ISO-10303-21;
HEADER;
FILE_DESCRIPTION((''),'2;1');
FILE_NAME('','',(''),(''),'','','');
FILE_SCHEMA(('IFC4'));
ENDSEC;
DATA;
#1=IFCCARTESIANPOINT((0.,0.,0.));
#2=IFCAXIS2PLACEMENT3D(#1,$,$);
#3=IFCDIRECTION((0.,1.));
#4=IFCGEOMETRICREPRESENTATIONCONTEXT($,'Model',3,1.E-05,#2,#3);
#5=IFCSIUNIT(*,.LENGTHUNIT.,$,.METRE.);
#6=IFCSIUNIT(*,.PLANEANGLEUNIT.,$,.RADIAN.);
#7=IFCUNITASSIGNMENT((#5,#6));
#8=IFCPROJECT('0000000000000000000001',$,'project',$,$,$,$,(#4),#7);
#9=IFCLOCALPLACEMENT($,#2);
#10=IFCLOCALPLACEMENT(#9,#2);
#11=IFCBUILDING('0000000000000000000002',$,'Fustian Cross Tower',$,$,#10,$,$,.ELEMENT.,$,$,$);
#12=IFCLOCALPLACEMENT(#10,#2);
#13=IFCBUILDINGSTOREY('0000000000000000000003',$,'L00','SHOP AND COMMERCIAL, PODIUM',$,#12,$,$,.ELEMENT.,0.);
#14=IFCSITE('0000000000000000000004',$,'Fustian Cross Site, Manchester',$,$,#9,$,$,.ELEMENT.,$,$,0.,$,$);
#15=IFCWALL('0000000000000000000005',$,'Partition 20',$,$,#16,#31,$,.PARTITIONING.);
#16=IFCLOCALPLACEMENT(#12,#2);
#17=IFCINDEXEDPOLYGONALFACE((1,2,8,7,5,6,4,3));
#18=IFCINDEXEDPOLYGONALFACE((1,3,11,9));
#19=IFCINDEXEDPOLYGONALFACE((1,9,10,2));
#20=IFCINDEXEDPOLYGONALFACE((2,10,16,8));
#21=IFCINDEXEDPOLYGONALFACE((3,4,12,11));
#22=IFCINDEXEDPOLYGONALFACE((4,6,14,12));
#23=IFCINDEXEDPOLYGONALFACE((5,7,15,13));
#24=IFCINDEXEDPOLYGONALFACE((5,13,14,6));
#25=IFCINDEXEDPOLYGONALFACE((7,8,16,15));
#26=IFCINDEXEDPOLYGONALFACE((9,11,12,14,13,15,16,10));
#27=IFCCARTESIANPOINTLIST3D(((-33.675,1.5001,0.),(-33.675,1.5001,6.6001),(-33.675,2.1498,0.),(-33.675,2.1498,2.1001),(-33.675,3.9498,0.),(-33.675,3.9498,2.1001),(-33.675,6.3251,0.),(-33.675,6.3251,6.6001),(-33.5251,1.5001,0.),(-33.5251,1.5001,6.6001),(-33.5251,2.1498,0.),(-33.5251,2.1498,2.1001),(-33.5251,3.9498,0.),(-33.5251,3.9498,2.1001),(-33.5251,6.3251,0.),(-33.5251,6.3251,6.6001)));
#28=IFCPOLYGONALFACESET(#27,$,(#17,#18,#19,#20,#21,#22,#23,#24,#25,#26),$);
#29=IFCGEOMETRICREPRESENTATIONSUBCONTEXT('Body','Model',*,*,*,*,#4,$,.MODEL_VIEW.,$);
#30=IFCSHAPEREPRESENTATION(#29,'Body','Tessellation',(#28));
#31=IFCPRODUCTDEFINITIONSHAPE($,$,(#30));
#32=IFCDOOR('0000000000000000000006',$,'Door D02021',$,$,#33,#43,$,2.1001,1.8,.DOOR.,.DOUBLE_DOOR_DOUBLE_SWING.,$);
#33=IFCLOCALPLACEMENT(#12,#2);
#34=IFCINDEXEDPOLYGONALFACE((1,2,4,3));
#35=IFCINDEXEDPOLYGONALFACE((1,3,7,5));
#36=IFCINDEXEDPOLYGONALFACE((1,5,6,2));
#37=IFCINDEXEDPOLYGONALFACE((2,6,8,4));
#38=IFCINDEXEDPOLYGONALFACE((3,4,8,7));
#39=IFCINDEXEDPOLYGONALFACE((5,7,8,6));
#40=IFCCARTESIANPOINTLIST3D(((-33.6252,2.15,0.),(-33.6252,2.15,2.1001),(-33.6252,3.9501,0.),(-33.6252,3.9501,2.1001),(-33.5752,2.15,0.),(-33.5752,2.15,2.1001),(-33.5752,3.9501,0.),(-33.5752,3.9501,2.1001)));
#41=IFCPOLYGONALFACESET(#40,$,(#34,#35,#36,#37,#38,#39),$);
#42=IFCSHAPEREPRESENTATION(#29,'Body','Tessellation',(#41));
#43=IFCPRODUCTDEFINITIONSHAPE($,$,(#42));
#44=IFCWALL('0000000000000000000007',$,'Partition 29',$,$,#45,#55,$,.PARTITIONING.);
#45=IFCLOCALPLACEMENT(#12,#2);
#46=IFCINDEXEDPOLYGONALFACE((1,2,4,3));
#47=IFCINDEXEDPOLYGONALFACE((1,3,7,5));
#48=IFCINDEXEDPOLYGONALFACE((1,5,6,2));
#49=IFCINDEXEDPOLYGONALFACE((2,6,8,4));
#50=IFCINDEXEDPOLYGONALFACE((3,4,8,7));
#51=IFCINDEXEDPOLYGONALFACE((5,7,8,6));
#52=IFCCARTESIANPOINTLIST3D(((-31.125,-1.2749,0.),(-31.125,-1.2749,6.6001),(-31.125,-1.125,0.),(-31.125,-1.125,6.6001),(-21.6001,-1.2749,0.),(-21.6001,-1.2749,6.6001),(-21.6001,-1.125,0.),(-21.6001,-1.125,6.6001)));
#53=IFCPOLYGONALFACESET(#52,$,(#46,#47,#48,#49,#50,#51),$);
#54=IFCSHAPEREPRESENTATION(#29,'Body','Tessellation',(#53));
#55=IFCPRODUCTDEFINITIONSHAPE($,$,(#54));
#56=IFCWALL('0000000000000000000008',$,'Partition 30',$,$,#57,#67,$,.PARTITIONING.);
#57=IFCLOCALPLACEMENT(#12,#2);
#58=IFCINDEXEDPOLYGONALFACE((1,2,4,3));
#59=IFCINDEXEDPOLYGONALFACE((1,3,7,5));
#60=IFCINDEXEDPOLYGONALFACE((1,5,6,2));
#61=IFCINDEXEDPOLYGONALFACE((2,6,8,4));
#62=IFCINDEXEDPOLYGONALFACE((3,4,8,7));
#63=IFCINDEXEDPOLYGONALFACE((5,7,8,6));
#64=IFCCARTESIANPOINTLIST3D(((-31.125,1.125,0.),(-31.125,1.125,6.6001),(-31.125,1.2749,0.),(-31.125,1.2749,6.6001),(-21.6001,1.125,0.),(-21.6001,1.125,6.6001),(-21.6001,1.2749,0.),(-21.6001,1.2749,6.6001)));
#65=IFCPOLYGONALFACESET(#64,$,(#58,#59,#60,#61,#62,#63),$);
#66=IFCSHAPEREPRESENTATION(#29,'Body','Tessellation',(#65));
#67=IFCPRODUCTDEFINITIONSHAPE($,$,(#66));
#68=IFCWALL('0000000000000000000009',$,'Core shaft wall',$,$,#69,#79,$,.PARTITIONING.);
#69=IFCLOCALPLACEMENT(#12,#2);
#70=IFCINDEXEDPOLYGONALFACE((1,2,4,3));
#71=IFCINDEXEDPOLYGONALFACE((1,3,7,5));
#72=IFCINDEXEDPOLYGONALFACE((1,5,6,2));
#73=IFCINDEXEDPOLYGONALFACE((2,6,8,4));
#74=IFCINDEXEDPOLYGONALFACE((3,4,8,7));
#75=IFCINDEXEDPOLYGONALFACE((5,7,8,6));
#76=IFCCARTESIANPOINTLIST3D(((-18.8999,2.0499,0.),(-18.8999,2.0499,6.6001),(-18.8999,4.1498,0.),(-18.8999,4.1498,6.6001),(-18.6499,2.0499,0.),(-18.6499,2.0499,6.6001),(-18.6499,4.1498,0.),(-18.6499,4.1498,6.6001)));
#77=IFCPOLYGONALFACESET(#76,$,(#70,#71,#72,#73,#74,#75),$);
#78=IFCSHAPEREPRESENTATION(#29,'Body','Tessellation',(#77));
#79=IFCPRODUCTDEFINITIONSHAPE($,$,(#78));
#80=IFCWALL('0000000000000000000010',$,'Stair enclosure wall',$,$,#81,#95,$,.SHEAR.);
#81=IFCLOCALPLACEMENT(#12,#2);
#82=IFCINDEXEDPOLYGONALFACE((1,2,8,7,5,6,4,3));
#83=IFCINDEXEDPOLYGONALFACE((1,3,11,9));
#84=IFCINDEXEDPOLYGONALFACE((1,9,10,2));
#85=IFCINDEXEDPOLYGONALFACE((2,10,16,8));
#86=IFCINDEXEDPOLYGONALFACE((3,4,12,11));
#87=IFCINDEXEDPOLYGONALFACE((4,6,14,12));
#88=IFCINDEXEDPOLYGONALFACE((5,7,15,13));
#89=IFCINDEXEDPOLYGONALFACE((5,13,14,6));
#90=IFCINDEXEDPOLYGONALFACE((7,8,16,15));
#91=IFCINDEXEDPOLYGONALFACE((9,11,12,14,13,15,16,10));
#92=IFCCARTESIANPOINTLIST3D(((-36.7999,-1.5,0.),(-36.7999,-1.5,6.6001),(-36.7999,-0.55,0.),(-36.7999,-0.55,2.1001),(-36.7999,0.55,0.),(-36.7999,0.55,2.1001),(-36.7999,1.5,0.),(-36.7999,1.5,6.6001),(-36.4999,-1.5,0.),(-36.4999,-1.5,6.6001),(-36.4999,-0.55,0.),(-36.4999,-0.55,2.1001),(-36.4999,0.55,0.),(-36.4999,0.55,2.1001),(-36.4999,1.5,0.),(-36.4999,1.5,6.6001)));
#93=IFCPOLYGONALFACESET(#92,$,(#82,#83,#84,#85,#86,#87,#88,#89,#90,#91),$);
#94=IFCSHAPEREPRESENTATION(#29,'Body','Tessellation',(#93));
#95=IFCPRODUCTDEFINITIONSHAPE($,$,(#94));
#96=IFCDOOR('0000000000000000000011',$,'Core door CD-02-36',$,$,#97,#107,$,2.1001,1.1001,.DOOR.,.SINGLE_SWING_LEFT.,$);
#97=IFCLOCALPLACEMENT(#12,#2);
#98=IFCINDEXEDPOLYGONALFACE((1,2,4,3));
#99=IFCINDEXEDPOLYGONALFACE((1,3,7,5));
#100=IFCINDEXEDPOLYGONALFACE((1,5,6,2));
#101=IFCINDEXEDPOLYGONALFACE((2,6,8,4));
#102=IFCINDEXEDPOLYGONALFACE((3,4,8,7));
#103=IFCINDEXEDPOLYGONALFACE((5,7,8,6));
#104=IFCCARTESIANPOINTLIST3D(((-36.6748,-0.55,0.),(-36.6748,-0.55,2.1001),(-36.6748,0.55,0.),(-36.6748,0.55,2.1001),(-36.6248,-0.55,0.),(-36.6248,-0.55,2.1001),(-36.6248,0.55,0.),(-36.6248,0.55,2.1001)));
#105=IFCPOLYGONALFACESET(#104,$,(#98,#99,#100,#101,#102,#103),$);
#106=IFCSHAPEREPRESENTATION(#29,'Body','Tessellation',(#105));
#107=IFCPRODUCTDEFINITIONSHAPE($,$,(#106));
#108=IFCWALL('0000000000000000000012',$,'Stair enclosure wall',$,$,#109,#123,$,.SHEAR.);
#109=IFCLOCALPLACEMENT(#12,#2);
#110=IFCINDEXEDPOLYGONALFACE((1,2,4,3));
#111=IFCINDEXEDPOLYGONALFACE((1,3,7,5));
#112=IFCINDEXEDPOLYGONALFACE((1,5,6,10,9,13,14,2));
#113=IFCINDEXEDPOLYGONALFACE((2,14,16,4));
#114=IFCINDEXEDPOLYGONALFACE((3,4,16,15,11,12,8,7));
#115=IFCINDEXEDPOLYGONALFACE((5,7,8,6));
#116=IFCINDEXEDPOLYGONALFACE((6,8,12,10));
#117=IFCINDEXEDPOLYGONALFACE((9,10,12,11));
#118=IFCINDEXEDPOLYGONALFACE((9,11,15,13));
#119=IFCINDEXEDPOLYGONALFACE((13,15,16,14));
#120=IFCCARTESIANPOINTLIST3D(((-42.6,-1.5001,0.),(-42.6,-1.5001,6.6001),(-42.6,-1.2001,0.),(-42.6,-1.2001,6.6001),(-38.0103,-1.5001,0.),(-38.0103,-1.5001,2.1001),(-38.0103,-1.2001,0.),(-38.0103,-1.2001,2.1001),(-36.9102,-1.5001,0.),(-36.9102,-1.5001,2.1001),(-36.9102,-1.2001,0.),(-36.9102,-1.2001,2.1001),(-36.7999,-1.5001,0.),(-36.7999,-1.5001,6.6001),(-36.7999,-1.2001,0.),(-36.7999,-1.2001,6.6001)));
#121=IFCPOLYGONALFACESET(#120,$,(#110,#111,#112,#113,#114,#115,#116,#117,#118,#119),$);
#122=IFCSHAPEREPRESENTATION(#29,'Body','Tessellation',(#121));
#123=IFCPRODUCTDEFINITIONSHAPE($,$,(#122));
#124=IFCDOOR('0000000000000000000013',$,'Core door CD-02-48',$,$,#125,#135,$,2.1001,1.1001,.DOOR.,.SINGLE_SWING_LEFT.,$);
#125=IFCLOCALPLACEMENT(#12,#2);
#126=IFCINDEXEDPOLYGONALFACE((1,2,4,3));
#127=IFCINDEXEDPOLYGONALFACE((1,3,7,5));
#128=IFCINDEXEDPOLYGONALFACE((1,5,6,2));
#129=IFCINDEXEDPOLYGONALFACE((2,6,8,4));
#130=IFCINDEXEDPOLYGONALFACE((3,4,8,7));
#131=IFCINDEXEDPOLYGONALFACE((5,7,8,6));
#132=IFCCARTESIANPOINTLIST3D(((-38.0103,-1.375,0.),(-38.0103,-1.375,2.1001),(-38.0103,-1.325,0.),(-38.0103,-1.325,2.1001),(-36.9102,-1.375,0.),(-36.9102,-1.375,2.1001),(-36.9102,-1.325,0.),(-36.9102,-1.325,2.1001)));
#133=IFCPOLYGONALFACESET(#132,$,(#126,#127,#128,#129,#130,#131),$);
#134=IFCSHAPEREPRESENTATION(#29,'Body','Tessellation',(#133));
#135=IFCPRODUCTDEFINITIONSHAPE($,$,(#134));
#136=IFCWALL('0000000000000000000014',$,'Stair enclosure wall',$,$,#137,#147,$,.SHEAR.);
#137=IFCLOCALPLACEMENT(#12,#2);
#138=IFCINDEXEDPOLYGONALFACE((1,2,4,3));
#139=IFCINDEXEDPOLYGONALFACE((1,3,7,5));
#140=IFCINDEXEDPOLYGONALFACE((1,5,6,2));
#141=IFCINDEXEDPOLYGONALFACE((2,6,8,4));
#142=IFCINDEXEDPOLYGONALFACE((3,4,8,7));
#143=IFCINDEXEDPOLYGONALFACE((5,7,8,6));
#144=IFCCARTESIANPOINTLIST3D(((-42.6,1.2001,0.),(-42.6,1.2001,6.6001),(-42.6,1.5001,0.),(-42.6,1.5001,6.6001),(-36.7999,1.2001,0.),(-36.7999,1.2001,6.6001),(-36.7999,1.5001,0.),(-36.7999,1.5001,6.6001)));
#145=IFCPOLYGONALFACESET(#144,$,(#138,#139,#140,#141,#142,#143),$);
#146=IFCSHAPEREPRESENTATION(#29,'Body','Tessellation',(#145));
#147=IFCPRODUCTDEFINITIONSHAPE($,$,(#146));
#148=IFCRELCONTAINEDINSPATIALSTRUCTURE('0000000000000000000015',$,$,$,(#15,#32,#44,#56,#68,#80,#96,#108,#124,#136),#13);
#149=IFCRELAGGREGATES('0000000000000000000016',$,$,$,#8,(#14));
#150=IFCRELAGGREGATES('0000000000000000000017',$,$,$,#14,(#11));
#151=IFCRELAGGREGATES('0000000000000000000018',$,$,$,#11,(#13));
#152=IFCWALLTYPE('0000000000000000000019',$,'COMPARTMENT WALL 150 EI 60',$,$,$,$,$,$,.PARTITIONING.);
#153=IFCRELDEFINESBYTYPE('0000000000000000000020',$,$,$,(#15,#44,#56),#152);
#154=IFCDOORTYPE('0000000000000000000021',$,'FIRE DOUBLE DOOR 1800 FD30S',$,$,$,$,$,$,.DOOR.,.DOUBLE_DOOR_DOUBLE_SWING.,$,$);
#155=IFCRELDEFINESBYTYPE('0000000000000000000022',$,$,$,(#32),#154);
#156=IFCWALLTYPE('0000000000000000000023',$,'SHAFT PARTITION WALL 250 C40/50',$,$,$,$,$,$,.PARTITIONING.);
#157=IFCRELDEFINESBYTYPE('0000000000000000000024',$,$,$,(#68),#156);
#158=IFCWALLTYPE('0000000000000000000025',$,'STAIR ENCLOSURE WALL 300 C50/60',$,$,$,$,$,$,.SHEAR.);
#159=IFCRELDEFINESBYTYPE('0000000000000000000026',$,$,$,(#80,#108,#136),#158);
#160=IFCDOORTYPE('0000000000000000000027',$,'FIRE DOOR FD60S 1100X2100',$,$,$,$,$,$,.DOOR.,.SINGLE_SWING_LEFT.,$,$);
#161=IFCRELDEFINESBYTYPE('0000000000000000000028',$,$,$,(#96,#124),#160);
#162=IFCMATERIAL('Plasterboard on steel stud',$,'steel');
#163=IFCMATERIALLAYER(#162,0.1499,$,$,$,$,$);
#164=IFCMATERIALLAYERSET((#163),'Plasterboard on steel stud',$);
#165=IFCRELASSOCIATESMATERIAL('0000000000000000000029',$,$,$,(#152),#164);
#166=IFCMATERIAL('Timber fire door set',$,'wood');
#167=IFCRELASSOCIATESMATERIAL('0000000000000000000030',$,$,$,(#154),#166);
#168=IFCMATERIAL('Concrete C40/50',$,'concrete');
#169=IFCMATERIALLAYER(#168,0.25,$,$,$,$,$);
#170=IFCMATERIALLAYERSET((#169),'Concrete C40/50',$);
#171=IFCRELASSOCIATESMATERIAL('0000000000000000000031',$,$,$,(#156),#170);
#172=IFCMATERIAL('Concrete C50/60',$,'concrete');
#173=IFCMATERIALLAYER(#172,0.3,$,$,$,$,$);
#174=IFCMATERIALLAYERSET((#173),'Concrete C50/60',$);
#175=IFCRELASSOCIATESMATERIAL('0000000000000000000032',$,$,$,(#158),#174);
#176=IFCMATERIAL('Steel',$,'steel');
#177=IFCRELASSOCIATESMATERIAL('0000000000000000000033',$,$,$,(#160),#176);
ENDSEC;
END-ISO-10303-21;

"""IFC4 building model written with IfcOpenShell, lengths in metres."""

from ifc_helpers import new_model, si_unit, direction, frame, frame_2d, origin, place, context, subcontext, project, spatial, rectangle, extrude, material, layer, layer_set, type_object, element, fill, save


model = new_model("IFC4")

# Units and contexts
model_context = context("Model", 3, precision=1e-05, world=origin(), true_north=direction((0.0, 1.0)))
body_context = subcontext(model_context, "Body", "Model", "MODEL_VIEW")
ifc_project = project(units=[si_unit("LENGTHUNIT", "METRE"), si_unit("PLANEANGLEUNIT", "RADIAN")], contexts=[model_context])

# Site, building, storey
site_placement = place(None, origin())
site = spatial("IfcSite", under=ifc_project, at=site_placement, Name="Fustian Cross Site, Manchester", CompositionType="ELEMENT", RefElevation=0.0)
building_placement = place(site_placement, origin())
building = spatial("IfcBuilding", under=site, at=building_placement, Name="Fustian Cross Tower", CompositionType="ELEMENT")
storey_placement = place(building_placement, origin())
storey = spatial("IfcBuildingStorey", under=building, at=storey_placement, Name="L00", Description="SHOP AND COMMERCIAL, PODIUM", CompositionType="ELEMENT", Elevation=0.0)

# Wall, opening, door
ifc_material_1 = material(Name="Plasterboard on steel stud", Category="steel")
ifc_layer_1 = layer(ifc_material_1, 0.1499)
ifc_layer_set_1 = layer_set([ifc_layer_1], Name="Plasterboard on steel stud")
wall_type_1 = type_object("IfcWallType", Name="COMPARTMENT WALL 150 EI 60", PredefinedType="PARTITIONING", material=ifc_layer_set_1)
wall_1_placement = place(storey_placement, frame((-33.6001, 1.5, 0.0), z_axis=(0.0, 0.0, 1.0), x_axis=(0.0, 1.0, 0.0)))
wall_1 = element("IfcWall", 1, at=wall_1_placement, inside=storey, type_object=wall_type_1, Name="Partition 20", PredefinedType="PARTITIONING", context=body_context, shape_type="SweptSolid", body=[
    extrude(rectangle(XDim=4.825, YDim=0.1499, at=frame_2d((2.4126, 0.0))), origin(), (0.0, 0.0, 1.0), 6.6001),
])
opening_1_placement = place(wall_1_placement, frame((0.6499, 0.0, 0.0)))
opening_1 = element("IfcOpeningElement", 2, at=opening_1_placement, cuts=wall_1, PredefinedType="OPENING", context=body_context, shape_type="SweptSolid", body=[
    extrude(rectangle(XDim=1.8, YDim=2.1001, at=frame_2d((0.8999, 1.05))), frame((0.0, 0.085, 0.0), z_axis=(0.0, -1.0, 0.0), x_axis=(1.0, 0.0, 0.0)), (0.0, 0.0, 1.0), 0.1699),
])
ifc_material_2 = material(Name="Timber fire door set", Category="wood")
door_type_1 = type_object("IfcDoorType", Name="FIRE DOUBLE DOOR 1800 FD30S", OperationType="DOUBLE_DOOR_DOUBLE_SWING", PredefinedType="DOOR", material=ifc_material_2)
door_1_placement = place(opening_1_placement, frame((1.8, 0.0, 0.0), z_axis=(0.0, 0.0, 1.0), x_axis=(-1.0, 0.0, 0.0)))
door_1 = element("IfcDoor", 3, at=door_1_placement, inside=storey, type_object=door_type_1, Name="Door D02021", OperationType="DOUBLE_DOOR_DOUBLE_SWING", OverallHeight=2.1001, OverallWidth=1.8, PredefinedType="DOOR", context=body_context, shape_type="SweptSolid", body=[
    extrude(rectangle(XDim=1.8, YDim=2.1001, at=frame_2d((0.8999, 1.05))), frame((0.0, 0.0249, 0.0), z_axis=(0.0, -1.0, 0.0), x_axis=(1.0, 0.0, 0.0)), (0.0, 0.0, 1.0), 0.05),
])
fill(opening_1, door_1)

# Walls
for number, where, z_axis, x_axis, name in (
    (4, (-31.125, -1.2, 0.0), (0.0, 0.0, 1.0), (1.0, 0.0, 0.0), "Partition 29"),
    (5, (-31.125, 1.2, 0.0), (0.0, 0.0, 1.0), (1.0, 0.0, 0.0), "Partition 30"),
):
    element("IfcWall", number, at=place(storey_placement, frame(where, z_axis=z_axis, x_axis=x_axis)), inside=storey, type_object=wall_type_1, Name=name, PredefinedType="PARTITIONING", context=body_context, shape_type="SweptSolid", body=[
        extrude(rectangle(XDim=9.5249, YDim=0.1499, at=frame_2d((4.7625, 0.0))), origin(), (0.0, 0.0, 1.0), 6.6001),
    ])
ifc_material_3 = material(Name="Concrete C40/50", Category="concrete")
ifc_layer_2 = layer(ifc_material_3, 0.25)
ifc_layer_set_2 = layer_set([ifc_layer_2], Name="Concrete C40/50")
wall_type_2 = type_object("IfcWallType", Name="SHAFT PARTITION WALL 250 C40/50", PredefinedType="PARTITIONING", material=ifc_layer_set_2)
wall_2_placement = place(storey_placement, frame((-18.7749, 2.05, 0.0), z_axis=(0.0, 0.0, 1.0), x_axis=(0.0, 1.0, 0.0)))
element("IfcWall", 6, at=wall_2_placement, inside=storey, type_object=wall_type_2, Name="Core shaft wall", PredefinedType="PARTITIONING", context=body_context, shape_type="SweptSolid", body=[
    extrude(rectangle(XDim=2.0999, YDim=0.25, at=frame_2d((1.0498, 0.0))), origin(), (0.0, 0.0, 1.0), 6.6001),
])

# Walls, openings, doors
ifc_material_4 = material(Name="Concrete C50/60", Category="concrete")
ifc_layer_3 = layer(ifc_material_4, 0.3)
ifc_layer_set_3 = layer_set([ifc_layer_3], Name="Concrete C50/60")
wall_type_3 = type_object("IfcWallType", Name="STAIR ENCLOSURE WALL 300 C50/60", PredefinedType="SHEAR", material=ifc_layer_set_3)
wall_3_placement = place(storey_placement, frame((-36.6499, -1.5, 0.0), z_axis=(0.0, 0.0, 1.0), x_axis=(0.0, 1.0, 0.0)))
wall_3 = element("IfcWall", 7, at=wall_3_placement, inside=storey, type_object=wall_type_3, Name="Stair enclosure wall", PredefinedType="SHEAR", context=body_context, shape_type="SweptSolid", body=[
    extrude(rectangle(XDim=3.0, YDim=0.3, at=frame_2d((1.5, 0.0))), origin(), (0.0, 0.0, 1.0), 6.6001),
])
opening_2_placement = place(wall_3_placement, frame((0.95, 0.0, 0.0)))
opening_2 = element("IfcOpeningElement", 8, at=opening_2_placement, cuts=wall_3, PredefinedType="OPENING", context=body_context, shape_type="SweptSolid", body=[
    extrude(rectangle(XDim=1.1001, YDim=2.1001, at=frame_2d((0.55, 1.05))), frame((0.0, 0.1599, 0.0), z_axis=(0.0, -1.0, 0.0), x_axis=(1.0, 0.0, 0.0)), (0.0, 0.0, 1.0), 0.3201),
])
ifc_material_5 = material(Name="Steel", Category="steel")
door_type_2 = type_object("IfcDoorType", Name="FIRE DOOR FD60S 1100X2100", OperationType="SINGLE_SWING_LEFT", PredefinedType="DOOR", material=ifc_material_5)
door_2_placement = place(opening_2_placement, origin())
door_2 = element("IfcDoor", 9, at=door_2_placement, inside=storey, type_object=door_type_2, Name="Core door CD-02-36", OperationType="SINGLE_SWING_LEFT", OverallHeight=2.1001, OverallWidth=1.1001, PredefinedType="DOOR", context=body_context, shape_type="SweptSolid", body=[
    extrude(rectangle(XDim=1.1001, YDim=2.1001, at=frame_2d((0.55, 1.05))), frame((0.0, 0.0249, 0.0), z_axis=(0.0, -1.0, 0.0), x_axis=(1.0, 0.0, 0.0)), (0.0, 0.0, 1.0), 0.05),
])
fill(opening_2, door_2)
wall_4_placement = place(storey_placement, frame((-36.8, -1.3501, 0.0), z_axis=(0.0, 0.0, 1.0), x_axis=(-1.0, 0.0, 0.0)))
wall_4 = element("IfcWall", 10, at=wall_4_placement, inside=storey, type_object=wall_type_3, Name="Stair enclosure wall", PredefinedType="SHEAR", context=body_context, shape_type="SweptSolid", body=[
    extrude(rectangle(XDim=5.8, YDim=0.3, at=frame_2d((2.8999, 0.0))), origin(), (0.0, 0.0, 1.0), 6.6001),
])
opening_3_placement = place(wall_4_placement, frame((0.1101, 0.0, 0.0)))
opening_3 = element("IfcOpeningElement", 11, at=opening_3_placement, cuts=wall_4, PredefinedType="OPENING", context=body_context, shape_type="SweptSolid", body=[
    extrude(rectangle(XDim=1.1001, YDim=2.1001, at=frame_2d((0.55, 1.05))), frame((0.0, 0.1599, 0.0), z_axis=(0.0, -1.0, 0.0), x_axis=(1.0, 0.0, 0.0)), (0.0, 0.0, 1.0), 0.3201),
])
door_3_placement = place(opening_3_placement, origin())
door_3 = element("IfcDoor", 12, at=door_3_placement, inside=storey, type_object=door_type_2, Name="Core door CD-02-48", OperationType="SINGLE_SWING_LEFT", OverallHeight=2.1001, OverallWidth=1.1001, PredefinedType="DOOR", context=body_context, shape_type="SweptSolid", body=[
    extrude(rectangle(XDim=1.1001, YDim=2.1001, at=frame_2d((0.55, 1.05))), frame((0.0, 0.0249, 0.0), z_axis=(0.0, -1.0, 0.0), x_axis=(1.0, 0.0, 0.0)), (0.0, 0.0, 1.0), 0.05),
])
fill(opening_3, door_3)

# Wall
wall_5_placement = place(storey_placement, frame((-36.8, 1.3501, 0.0), z_axis=(0.0, 0.0, 1.0), x_axis=(-1.0, 0.0, 0.0)))
element("IfcWall", 13, at=wall_5_placement, inside=storey, type_object=wall_type_3, Name="Stair enclosure wall", PredefinedType="SHEAR", context=body_context, shape_type="SweptSolid", body=[
    extrude(rectangle(XDim=5.8, YDim=0.3, at=frame_2d((2.8999, 0.0))), origin(), (0.0, 0.0, 1.0), 6.6001),
])

save(model, "model.ifc")
